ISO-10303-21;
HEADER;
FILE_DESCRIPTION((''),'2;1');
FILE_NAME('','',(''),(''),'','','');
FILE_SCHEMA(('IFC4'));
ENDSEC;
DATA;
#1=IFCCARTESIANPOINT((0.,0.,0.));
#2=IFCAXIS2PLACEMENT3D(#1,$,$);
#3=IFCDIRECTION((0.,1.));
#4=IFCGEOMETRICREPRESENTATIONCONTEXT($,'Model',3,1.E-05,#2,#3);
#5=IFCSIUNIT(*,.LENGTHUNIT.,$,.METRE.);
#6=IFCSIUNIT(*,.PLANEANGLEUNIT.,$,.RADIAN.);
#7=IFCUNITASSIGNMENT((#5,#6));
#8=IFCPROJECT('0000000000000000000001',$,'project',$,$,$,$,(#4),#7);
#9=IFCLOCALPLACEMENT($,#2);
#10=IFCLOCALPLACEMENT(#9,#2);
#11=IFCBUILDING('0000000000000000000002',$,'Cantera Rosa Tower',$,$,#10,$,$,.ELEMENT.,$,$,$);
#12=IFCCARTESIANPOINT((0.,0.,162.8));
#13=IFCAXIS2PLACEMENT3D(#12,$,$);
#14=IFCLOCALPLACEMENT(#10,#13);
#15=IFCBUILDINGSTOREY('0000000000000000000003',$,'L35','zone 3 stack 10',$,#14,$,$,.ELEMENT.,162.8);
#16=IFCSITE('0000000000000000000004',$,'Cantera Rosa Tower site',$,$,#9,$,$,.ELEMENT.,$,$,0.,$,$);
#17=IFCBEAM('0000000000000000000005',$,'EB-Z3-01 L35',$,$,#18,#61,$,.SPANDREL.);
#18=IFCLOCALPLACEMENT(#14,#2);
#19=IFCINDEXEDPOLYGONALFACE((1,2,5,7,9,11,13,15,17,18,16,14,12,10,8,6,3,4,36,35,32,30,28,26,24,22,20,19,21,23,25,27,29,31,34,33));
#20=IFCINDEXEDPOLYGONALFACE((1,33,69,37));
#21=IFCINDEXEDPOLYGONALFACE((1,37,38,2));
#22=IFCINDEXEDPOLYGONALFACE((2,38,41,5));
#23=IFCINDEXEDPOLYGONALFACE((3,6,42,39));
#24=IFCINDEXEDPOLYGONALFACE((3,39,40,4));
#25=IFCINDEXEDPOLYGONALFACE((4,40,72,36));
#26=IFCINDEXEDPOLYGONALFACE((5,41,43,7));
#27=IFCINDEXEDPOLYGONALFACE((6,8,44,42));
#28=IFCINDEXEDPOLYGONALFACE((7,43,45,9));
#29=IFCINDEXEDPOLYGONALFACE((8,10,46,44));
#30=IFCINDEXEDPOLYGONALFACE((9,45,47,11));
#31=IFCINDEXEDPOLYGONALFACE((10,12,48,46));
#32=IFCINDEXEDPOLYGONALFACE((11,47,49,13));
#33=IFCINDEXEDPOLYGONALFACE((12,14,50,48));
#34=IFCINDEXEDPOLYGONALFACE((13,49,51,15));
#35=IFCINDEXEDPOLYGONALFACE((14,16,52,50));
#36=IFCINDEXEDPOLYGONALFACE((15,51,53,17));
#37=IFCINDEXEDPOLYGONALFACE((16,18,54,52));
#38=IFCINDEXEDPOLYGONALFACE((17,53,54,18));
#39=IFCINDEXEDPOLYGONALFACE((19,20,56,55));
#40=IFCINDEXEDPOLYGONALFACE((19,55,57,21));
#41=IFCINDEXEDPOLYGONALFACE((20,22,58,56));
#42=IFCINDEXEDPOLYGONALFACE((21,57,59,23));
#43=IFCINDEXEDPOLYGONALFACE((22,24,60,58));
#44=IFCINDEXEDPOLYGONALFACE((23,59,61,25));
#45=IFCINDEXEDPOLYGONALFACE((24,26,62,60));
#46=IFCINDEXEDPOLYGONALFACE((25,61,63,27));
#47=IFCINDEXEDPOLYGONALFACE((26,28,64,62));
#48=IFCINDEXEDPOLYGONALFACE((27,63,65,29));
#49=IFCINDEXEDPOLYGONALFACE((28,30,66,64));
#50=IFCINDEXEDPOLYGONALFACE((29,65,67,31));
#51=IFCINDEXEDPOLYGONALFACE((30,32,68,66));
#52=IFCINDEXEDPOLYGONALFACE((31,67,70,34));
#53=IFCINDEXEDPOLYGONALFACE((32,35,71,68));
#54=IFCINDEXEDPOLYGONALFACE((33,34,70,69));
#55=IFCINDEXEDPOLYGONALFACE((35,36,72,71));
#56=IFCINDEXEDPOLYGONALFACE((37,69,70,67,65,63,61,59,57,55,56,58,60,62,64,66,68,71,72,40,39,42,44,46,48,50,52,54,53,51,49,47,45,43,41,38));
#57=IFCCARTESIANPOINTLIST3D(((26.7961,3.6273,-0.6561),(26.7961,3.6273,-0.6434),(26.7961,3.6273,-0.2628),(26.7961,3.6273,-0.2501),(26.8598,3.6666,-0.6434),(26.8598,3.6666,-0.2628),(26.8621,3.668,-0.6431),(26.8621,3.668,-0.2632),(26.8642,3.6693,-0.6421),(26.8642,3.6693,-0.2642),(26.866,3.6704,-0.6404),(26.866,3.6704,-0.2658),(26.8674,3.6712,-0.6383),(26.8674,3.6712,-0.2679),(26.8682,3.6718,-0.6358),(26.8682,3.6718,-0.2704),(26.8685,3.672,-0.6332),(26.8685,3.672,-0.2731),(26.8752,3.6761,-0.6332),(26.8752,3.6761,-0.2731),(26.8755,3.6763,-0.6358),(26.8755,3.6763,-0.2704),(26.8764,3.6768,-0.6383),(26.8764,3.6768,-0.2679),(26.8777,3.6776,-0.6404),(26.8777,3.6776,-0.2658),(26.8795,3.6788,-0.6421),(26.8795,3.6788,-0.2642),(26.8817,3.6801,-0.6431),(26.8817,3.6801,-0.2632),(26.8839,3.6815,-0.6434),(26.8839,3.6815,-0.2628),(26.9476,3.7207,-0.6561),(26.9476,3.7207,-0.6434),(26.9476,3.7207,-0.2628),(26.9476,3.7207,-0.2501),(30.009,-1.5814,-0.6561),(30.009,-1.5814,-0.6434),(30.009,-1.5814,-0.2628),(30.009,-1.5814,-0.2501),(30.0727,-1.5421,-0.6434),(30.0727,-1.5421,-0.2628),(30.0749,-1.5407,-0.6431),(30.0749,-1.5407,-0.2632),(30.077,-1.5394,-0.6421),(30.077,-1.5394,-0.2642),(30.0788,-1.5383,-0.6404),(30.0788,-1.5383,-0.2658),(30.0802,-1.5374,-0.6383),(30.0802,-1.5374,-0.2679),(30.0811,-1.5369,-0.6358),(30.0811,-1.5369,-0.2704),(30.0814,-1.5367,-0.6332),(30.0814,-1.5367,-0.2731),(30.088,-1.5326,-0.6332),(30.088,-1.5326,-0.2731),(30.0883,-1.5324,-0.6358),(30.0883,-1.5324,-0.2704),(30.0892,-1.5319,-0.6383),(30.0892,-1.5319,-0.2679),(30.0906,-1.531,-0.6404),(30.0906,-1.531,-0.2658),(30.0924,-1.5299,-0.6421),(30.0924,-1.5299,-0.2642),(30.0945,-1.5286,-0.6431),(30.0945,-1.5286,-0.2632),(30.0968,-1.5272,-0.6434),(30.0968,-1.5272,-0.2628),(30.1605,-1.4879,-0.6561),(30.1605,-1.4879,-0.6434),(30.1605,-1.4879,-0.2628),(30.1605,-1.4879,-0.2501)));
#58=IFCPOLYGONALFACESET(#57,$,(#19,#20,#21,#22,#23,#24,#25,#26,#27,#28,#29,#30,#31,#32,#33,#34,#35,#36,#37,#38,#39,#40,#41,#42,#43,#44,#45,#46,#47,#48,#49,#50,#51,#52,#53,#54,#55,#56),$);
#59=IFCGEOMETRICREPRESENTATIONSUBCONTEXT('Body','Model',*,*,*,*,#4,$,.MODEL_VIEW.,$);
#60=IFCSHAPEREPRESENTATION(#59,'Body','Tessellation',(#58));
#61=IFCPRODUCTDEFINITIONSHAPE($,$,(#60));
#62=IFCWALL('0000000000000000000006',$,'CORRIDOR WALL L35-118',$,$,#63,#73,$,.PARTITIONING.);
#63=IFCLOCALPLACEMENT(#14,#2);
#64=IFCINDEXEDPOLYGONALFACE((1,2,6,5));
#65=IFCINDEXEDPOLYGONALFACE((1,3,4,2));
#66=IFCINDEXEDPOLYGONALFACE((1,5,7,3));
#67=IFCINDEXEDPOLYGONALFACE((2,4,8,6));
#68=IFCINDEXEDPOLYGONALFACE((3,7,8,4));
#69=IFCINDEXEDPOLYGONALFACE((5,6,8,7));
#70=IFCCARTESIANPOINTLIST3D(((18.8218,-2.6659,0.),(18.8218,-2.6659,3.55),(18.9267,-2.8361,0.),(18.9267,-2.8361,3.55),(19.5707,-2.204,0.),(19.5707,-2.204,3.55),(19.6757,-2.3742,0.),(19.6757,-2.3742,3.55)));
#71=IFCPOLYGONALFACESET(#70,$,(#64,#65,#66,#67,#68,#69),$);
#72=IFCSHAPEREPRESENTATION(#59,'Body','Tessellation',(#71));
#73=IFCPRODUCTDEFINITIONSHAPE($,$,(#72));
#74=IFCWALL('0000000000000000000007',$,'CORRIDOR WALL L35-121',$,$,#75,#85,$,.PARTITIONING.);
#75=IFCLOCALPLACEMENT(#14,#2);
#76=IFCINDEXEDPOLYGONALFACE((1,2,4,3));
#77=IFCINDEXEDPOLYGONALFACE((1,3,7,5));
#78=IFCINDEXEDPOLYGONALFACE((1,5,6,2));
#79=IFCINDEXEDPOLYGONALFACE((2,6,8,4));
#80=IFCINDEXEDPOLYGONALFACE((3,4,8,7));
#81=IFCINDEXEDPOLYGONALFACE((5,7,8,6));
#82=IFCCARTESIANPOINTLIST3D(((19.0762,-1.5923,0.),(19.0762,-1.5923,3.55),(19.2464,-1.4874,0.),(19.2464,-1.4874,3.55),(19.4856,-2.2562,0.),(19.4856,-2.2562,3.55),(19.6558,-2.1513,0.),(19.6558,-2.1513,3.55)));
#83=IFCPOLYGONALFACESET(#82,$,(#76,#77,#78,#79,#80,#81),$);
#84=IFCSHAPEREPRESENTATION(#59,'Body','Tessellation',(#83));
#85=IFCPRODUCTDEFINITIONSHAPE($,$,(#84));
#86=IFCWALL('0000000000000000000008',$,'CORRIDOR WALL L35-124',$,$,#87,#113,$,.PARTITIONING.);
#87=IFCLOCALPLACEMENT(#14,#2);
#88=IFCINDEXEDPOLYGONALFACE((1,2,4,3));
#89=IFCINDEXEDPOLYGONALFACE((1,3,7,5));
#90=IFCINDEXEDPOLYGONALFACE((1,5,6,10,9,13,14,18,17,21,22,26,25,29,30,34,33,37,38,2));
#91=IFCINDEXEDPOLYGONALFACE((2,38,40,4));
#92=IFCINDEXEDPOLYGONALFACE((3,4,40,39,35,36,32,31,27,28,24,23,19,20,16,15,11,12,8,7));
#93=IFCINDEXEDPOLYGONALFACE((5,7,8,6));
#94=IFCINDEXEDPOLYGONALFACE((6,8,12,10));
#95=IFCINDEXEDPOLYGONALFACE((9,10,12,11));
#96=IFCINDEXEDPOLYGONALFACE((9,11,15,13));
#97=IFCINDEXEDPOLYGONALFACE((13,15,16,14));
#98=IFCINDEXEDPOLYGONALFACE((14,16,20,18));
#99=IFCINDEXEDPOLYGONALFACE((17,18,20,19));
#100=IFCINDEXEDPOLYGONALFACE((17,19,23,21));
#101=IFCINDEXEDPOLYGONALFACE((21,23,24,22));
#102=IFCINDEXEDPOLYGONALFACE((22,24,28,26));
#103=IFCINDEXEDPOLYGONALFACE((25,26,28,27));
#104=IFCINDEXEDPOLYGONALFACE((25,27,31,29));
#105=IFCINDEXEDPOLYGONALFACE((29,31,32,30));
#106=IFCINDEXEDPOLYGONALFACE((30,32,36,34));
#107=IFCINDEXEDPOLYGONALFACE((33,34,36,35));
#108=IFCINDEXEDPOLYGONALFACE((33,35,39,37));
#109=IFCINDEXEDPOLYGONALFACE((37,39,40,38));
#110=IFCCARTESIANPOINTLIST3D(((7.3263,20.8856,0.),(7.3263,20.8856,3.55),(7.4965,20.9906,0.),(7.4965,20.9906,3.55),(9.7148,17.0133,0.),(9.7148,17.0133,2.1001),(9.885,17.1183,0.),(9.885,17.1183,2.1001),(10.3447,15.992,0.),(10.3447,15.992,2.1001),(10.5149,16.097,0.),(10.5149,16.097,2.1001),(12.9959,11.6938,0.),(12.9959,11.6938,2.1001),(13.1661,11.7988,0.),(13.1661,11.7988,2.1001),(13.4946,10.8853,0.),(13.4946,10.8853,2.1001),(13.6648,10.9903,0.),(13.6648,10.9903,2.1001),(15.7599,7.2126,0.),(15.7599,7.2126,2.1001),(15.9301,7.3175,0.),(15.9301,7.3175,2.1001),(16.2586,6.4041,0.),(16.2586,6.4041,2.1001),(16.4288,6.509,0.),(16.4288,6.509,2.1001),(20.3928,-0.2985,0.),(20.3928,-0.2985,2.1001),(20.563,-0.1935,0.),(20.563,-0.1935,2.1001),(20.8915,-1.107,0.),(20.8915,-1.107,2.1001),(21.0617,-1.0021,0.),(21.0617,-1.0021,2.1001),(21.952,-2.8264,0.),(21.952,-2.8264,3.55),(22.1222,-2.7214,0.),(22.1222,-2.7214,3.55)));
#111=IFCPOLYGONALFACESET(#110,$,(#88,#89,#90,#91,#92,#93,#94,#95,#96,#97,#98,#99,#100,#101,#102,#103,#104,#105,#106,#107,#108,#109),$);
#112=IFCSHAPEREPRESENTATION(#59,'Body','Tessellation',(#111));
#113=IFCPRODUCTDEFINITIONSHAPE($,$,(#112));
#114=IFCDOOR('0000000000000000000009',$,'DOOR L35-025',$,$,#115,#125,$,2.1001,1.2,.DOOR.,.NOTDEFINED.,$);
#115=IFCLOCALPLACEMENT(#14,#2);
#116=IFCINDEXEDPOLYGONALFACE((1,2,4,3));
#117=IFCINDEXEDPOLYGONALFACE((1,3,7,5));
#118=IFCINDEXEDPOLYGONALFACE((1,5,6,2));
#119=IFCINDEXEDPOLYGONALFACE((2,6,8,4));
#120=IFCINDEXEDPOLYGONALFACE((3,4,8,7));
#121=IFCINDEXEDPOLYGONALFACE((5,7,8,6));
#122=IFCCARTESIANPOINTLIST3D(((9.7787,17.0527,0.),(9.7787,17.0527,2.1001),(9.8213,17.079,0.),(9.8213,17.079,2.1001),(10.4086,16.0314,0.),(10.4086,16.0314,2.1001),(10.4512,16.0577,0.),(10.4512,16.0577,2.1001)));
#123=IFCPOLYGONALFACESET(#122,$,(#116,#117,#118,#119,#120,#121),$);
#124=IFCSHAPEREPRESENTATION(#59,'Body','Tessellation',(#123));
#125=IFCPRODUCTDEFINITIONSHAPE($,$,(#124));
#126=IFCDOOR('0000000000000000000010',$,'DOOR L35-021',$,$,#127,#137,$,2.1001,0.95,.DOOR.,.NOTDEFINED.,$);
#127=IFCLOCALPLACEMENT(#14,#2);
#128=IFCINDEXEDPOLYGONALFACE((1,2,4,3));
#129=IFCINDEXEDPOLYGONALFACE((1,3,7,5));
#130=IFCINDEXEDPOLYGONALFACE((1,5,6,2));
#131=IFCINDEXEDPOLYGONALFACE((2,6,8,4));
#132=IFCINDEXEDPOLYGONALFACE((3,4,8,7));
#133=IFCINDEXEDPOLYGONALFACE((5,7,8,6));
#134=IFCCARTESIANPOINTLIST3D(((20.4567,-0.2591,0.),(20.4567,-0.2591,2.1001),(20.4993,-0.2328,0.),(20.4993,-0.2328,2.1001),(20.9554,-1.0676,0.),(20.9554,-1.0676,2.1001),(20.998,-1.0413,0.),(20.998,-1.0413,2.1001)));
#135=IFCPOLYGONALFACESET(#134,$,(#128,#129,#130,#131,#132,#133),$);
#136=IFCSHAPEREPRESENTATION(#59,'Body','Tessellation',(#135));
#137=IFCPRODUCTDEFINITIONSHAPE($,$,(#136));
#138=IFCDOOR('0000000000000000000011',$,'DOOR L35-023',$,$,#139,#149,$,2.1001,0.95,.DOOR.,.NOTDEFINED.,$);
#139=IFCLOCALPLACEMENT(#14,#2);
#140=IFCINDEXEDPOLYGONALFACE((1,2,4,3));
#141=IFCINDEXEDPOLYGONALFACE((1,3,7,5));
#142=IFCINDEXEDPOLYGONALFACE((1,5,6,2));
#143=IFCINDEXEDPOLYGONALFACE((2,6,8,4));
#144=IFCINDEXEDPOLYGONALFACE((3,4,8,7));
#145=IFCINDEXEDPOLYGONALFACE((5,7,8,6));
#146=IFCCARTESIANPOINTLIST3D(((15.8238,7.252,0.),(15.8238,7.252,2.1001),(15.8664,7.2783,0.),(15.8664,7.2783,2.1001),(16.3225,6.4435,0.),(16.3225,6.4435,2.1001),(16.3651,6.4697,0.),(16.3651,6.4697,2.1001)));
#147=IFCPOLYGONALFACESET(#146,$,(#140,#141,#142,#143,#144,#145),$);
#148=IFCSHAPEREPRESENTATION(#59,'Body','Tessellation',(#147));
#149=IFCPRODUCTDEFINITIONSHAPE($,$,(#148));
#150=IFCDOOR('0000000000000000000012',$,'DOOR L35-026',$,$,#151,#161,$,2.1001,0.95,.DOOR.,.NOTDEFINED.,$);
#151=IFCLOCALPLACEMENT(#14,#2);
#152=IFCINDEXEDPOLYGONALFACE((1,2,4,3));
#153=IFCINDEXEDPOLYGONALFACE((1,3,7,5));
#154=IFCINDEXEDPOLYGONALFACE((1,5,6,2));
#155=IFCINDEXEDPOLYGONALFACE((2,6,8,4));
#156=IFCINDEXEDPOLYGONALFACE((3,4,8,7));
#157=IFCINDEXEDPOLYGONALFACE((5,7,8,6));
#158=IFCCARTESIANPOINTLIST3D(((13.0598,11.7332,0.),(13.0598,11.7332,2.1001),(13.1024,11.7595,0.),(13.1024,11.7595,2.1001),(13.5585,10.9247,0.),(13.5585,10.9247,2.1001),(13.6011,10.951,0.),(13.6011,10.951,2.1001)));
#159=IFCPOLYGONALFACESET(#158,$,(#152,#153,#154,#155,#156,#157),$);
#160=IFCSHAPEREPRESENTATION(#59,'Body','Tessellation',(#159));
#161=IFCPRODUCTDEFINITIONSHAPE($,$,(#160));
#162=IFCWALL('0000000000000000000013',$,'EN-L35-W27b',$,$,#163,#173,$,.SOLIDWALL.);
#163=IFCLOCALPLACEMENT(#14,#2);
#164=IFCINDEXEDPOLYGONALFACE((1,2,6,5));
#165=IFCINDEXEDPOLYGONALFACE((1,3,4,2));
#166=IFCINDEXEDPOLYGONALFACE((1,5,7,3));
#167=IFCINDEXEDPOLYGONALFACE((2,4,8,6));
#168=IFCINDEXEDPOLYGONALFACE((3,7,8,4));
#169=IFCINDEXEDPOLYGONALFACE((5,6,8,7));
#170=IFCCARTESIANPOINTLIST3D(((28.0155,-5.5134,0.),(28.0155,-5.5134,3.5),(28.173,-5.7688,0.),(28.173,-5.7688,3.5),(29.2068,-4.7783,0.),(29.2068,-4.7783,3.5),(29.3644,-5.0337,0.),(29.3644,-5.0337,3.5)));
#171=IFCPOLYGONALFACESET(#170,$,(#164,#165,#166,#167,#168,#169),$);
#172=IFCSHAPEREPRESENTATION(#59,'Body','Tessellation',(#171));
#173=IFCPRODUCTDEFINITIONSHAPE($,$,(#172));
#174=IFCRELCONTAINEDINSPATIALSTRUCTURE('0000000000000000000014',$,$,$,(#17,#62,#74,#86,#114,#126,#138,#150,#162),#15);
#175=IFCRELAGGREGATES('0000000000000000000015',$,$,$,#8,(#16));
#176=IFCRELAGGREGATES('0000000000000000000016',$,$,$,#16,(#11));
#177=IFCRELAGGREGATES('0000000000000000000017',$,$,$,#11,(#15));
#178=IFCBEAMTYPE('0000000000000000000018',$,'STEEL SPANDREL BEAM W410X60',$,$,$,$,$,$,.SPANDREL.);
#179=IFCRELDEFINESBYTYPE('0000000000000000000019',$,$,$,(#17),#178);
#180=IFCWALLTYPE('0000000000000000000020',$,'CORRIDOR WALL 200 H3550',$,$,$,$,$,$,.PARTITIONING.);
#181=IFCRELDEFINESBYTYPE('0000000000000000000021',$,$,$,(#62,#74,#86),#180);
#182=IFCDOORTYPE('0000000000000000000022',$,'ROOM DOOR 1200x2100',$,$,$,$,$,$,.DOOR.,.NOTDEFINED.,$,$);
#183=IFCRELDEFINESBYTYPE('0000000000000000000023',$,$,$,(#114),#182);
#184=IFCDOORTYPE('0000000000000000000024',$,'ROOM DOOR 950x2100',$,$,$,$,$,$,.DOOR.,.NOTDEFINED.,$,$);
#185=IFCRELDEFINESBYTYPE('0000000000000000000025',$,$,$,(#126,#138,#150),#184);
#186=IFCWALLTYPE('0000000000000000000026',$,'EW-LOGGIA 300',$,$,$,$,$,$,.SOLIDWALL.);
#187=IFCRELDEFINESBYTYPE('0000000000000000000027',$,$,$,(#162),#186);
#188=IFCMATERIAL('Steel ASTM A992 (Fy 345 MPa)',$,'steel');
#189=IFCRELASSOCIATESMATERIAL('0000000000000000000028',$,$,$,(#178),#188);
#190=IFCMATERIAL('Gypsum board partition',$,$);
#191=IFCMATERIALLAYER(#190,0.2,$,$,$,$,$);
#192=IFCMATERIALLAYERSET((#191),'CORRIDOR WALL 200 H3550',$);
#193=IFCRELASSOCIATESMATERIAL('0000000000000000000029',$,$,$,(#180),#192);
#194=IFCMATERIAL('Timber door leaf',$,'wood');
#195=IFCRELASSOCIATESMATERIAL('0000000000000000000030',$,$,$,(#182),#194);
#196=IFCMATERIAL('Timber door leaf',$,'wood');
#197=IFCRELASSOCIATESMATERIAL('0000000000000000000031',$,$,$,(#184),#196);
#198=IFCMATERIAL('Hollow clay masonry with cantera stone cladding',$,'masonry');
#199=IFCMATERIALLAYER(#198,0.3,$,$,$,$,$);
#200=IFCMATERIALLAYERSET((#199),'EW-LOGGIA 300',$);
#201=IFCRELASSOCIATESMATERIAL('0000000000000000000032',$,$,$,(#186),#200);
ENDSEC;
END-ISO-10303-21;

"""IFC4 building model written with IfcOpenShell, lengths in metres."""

from ifc_helpers import new_model, si_unit, direction, frame, frame_2d, origin, origin_2d, place, context, subcontext, project, spatial, rectangle, i_section, extrude, material, layer, layer_set, material_profile, profile_set, type_object, element, fill, save


model = new_model("IFC4")

# Units and contexts
model_context = context("Model", 3, precision=1e-05, world=origin(), true_north=direction((0.0, 1.0)))
body_context = subcontext(model_context, "Body", "Model", "MODEL_VIEW")
ifc_project = project(units=[si_unit("LENGTHUNIT", "METRE"), si_unit("PLANEANGLEUNIT", "RADIAN")], contexts=[model_context])

# Site, building, storey
site_placement = place(None, origin())
site = spatial("IfcSite", under=ifc_project, at=site_placement, Name="Cantera Rosa Tower site", CompositionType="ELEMENT", RefElevation=0.0)
building_placement = place(site_placement, origin())
building = spatial("IfcBuilding", under=site, at=building_placement, Name="Cantera Rosa Tower", CompositionType="ELEMENT")
storey_placement = place(building_placement, frame((0.0, 0.0, 162.8)))
storey = spatial("IfcBuildingStorey", under=building, at=storey_placement, Name="L35", Description="zone 3 stack 10", CompositionType="ELEMENT", Elevation=162.8)

# Beam
ifc_material_1 = material(Name="Steel ASTM A992 (Fy 345 MPa)", Category="steel")
ifc_material_profile_1 = material_profile(ifc_material_1, i_section(OverallWidth=0.178, OverallDepth=0.406, WebThickness=0.0078, FlangeThickness=0.0127, FilletRadius=0.0103, at=origin_2d()), Name="W410X60")
ifc_profile_set_1 = profile_set([ifc_material_profile_1], Name="Steel ASTM A992 (Fy 345 MPa)")
beam_type_1 = type_object("IfcBeamType", Name="STEEL SPANDREL BEAM W410X60", PredefinedType="SPANDREL", material=ifc_profile_set_1)
beam_1_placement = place(storey_placement, frame((30.0847, -1.5347, -0.4531), z_axis=(-0.524987, 0.85111, 0.0), x_axis=(-0.85111, -0.524987, 0.0)))
element("IfcBeam", 1, at=beam_1_placement, inside=storey, type_object=beam_type_1, Name="EB-Z3-01 L35", PredefinedType="SPANDREL", context=body_context, shape_type="SweptSolid", body=[
    extrude(i_section(OverallWidth=0.178, OverallDepth=0.406, WebThickness=0.0078, FlangeThickness=0.0127, FilletRadius=0.0103, at=origin_2d()), origin(), (0.0, 0.0, 1.0), 6.1199),
])

# Walls
ifc_material_2 = material(Name="Gypsum board partition")
ifc_layer_1 = layer(ifc_material_2, 0.2)
ifc_layer_set_1 = layer_set([ifc_layer_1], Name="CORRIDOR WALL 200 H3550")
wall_type_1 = type_object("IfcWallType", Name="CORRIDOR WALL 200 H3550", PredefinedType="PARTITIONING", material=ifc_layer_set_1)
wall_1_placement = place(storey_placement, frame((18.8743, -2.751, 0.0), z_axis=(0.0, 0.0, 1.0), x_axis=(0.851163, 0.524902, 0.0)))
element("IfcWall", 2, at=wall_1_placement, inside=storey, type_object=wall_type_1, Name="CORRIDOR WALL L35-118", PredefinedType="PARTITIONING", context=body_context, shape_type="SweptSolid", body=[
    extrude(rectangle(XDim=0.8799, YDim=0.2, at=frame_2d((0.4399, 0.0))), origin(), (0.0, 0.0, 1.0), 3.55),
])
wall_2_placement = place(storey_placement, frame((19.5708, -2.2039, 0.0), z_axis=(0.0, 0.0, 1.0), x_axis=(-0.524953, 0.851131, 0.0)))
element("IfcWall", 3, at=wall_2_placement, inside=storey, type_object=wall_type_1, Name="CORRIDOR WALL L35-121", PredefinedType="PARTITIONING", context=body_context, shape_type="SweptSolid", body=[
    extrude(rectangle(XDim=0.78, YDim=0.2, at=frame_2d((0.3901, 0.0))), origin(), (0.0, 0.0, 1.0), 3.55),
])

# Wall, openings, doors
wall_3_placement = place(storey_placement, frame((22.0371, -2.7739, 0.0), z_axis=(0.0, 0.0, 1.0), x_axis=(-0.524973, 0.851119, 0.0)))
wall_3 = element("IfcWall", 4, at=wall_3_placement, inside=storey, type_object=wall_type_1, Name="CORRIDOR WALL L35-124", PredefinedType="PARTITIONING", context=body_context, shape_type="SweptSolid", body=[
    extrude(rectangle(XDim=27.8599, YDim=0.2, at=frame_2d((13.9299, 0.0))), origin(), (0.0, 0.0, 1.0), 3.55),
])
opening_1_placement = place(wall_3_placement, frame((2.02, 0.0, 0.0)))
opening_1 = element("IfcOpeningElement", 5, at=opening_1_placement, cuts=wall_3, PredefinedType="OPENING", context=body_context, shape_type="SweptSolid", body=[
    extrude(rectangle(XDim=0.95, YDim=2.1001, at=frame_2d((0.4751, 1.05))), frame((0.0, 0.1099, 0.0), z_axis=(0.0, -1.0, 0.0), x_axis=(1.0, 0.0, 0.0)), (0.0, 0.0, 1.0), 0.22),
])
opening_2_placement = place(wall_3_placement, frame((10.845, 0.0, 0.0)))
opening_2 = element("IfcOpeningElement", 6, at=opening_2_placement, cuts=wall_3, PredefinedType="OPENING", context=body_context, shape_type="SweptSolid", body=[
    extrude(rectangle(XDim=0.95, YDim=2.1001, at=frame_2d((0.4751, 1.05))), frame((0.0, 0.1099, 0.0), z_axis=(0.0, -1.0, 0.0), x_axis=(1.0, 0.0, 0.0)), (0.0, 0.0, 1.0), 0.22),
])
opening_3_placement = place(wall_3_placement, frame((22.1101, 0.0, 0.0)))
opening_3 = element("IfcOpeningElement", 7, at=opening_3_placement, cuts=wall_3, PredefinedType="OPENING", context=body_context, shape_type="SweptSolid", body=[
    extrude(rectangle(XDim=1.2, YDim=2.1001, at=frame_2d((0.6001, 1.05))), frame((0.0, 0.1099, 0.0), z_axis=(0.0, -1.0, 0.0), x_axis=(1.0, 0.0, 0.0)), (0.0, 0.0, 1.0), 0.22),
])
opening_4_placement = place(wall_3_placement, frame((16.1101, 0.0, 0.0)))
opening_4 = element("IfcOpeningElement", 8, at=opening_4_placement, cuts=wall_3, PredefinedType="OPENING", context=body_context, shape_type="SweptSolid", body=[
    extrude(rectangle(XDim=0.95, YDim=2.1001, at=frame_2d((0.4751, 1.05))), frame((0.0, 0.1099, 0.0), z_axis=(0.0, -1.0, 0.0), x_axis=(1.0, 0.0, 0.0)), (0.0, 0.0, 1.0), 0.22),
])
ifc_material_3 = material(Name="Timber door leaf", Category="wood")
door_type_1 = type_object("IfcDoorType", Name="ROOM DOOR 1200x2100", OperationType="NOTDEFINED", PredefinedType="DOOR", material=ifc_material_3)
door_1_placement = place(opening_3_placement, origin())
door_1 = element("IfcDoor", 9, at=door_1_placement, inside=storey, type_object=door_type_1, Name="DOOR L35-025", OperationType="NOTDEFINED", OverallHeight=2.1001, OverallWidth=1.2, PredefinedType="DOOR", context=body_context, shape_type="SweptSolid", body=[
    extrude(rectangle(XDim=1.2, YDim=2.1001, at=frame_2d((0.6001, 1.05))), frame((0.0, 0.0249, 0.0), z_axis=(0.0, -1.0, 0.0), x_axis=(1.0, 0.0, 0.0)), (0.0, 0.0, 1.0), 0.05),
])
fill(opening_3, door_1)
ifc_material_4 = material(Name="Timber door leaf", Category="wood")
door_type_2 = type_object("IfcDoorType", Name="ROOM DOOR 950x2100", OperationType="NOTDEFINED", PredefinedType="DOOR", material=ifc_material_4)
door_2_placement = place(opening_1_placement, origin())
door_2 = element("IfcDoor", 10, at=door_2_placement, inside=storey, type_object=door_type_2, Name="DOOR L35-021", OperationType="NOTDEFINED", OverallHeight=2.1001, OverallWidth=0.95, PredefinedType="DOOR", context=body_context, shape_type="SweptSolid", body=[
    extrude(rectangle(XDim=0.95, YDim=2.1001, at=frame_2d((0.4751, 1.05))), frame((0.0, 0.0249, 0.0), z_axis=(0.0, -1.0, 0.0), x_axis=(1.0, 0.0, 0.0)), (0.0, 0.0, 1.0), 0.05),
])
fill(opening_1, door_2)
door_3_placement = place(opening_2_placement, origin())
door_3 = element("IfcDoor", 11, at=door_3_placement, inside=storey, type_object=door_type_2, Name="DOOR L35-023", OperationType="NOTDEFINED", OverallHeight=2.1001, OverallWidth=0.95, PredefinedType="DOOR", context=body_context, shape_type="SweptSolid", body=[
    extrude(rectangle(XDim=0.95, YDim=2.1001, at=frame_2d((0.4751, 1.05))), frame((0.0, 0.0249, 0.0), z_axis=(0.0, -1.0, 0.0), x_axis=(1.0, 0.0, 0.0)), (0.0, 0.0, 1.0), 0.05),
])
fill(opening_2, door_3)
door_4_placement = place(opening_4_placement, origin())
door_4 = element("IfcDoor", 12, at=door_4_placement, inside=storey, type_object=door_type_2, Name="DOOR L35-026", OperationType="NOTDEFINED", OverallHeight=2.1001, OverallWidth=0.95, PredefinedType="DOOR", context=body_context, shape_type="SweptSolid", body=[
    extrude(rectangle(XDim=0.95, YDim=2.1001, at=frame_2d((0.4751, 1.05))), frame((0.0, 0.0249, 0.0), z_axis=(0.0, -1.0, 0.0), x_axis=(1.0, 0.0, 0.0)), (0.0, 0.0, 1.0), 0.05),
])
fill(opening_4, door_4)

# Wall
ifc_material_5 = material(Name="Hollow clay masonry with cantera stone cladding", Category="masonry")
ifc_layer_2 = layer(ifc_material_5, 0.3)
ifc_layer_set_2 = layer_set([ifc_layer_2], Name="EW-LOGGIA 300")
wall_type_2 = type_object("IfcWallType", Name="EW-LOGGIA 300", PredefinedType="SOLIDWALL", material=ifc_layer_set_2)
wall_4_placement = place(storey_placement, frame((28.0942, -5.6411, 0.0), z_axis=(0.0, 0.0, 1.0), x_axis=(0.851041, 0.525099, 0.0)))
element("IfcWall", 13, at=wall_4_placement, inside=storey, type_object=wall_type_2, Name="EN-L35-W27b", PredefinedType="SOLIDWALL", context=body_context, shape_type="SweptSolid", body=[
    extrude(rectangle(XDim=1.3999, YDim=0.3, at=frame_2d((0.7, 0.0))), origin(), (0.0, 0.0, 1.0), 3.5),
])

save(model, "model.ifc")
